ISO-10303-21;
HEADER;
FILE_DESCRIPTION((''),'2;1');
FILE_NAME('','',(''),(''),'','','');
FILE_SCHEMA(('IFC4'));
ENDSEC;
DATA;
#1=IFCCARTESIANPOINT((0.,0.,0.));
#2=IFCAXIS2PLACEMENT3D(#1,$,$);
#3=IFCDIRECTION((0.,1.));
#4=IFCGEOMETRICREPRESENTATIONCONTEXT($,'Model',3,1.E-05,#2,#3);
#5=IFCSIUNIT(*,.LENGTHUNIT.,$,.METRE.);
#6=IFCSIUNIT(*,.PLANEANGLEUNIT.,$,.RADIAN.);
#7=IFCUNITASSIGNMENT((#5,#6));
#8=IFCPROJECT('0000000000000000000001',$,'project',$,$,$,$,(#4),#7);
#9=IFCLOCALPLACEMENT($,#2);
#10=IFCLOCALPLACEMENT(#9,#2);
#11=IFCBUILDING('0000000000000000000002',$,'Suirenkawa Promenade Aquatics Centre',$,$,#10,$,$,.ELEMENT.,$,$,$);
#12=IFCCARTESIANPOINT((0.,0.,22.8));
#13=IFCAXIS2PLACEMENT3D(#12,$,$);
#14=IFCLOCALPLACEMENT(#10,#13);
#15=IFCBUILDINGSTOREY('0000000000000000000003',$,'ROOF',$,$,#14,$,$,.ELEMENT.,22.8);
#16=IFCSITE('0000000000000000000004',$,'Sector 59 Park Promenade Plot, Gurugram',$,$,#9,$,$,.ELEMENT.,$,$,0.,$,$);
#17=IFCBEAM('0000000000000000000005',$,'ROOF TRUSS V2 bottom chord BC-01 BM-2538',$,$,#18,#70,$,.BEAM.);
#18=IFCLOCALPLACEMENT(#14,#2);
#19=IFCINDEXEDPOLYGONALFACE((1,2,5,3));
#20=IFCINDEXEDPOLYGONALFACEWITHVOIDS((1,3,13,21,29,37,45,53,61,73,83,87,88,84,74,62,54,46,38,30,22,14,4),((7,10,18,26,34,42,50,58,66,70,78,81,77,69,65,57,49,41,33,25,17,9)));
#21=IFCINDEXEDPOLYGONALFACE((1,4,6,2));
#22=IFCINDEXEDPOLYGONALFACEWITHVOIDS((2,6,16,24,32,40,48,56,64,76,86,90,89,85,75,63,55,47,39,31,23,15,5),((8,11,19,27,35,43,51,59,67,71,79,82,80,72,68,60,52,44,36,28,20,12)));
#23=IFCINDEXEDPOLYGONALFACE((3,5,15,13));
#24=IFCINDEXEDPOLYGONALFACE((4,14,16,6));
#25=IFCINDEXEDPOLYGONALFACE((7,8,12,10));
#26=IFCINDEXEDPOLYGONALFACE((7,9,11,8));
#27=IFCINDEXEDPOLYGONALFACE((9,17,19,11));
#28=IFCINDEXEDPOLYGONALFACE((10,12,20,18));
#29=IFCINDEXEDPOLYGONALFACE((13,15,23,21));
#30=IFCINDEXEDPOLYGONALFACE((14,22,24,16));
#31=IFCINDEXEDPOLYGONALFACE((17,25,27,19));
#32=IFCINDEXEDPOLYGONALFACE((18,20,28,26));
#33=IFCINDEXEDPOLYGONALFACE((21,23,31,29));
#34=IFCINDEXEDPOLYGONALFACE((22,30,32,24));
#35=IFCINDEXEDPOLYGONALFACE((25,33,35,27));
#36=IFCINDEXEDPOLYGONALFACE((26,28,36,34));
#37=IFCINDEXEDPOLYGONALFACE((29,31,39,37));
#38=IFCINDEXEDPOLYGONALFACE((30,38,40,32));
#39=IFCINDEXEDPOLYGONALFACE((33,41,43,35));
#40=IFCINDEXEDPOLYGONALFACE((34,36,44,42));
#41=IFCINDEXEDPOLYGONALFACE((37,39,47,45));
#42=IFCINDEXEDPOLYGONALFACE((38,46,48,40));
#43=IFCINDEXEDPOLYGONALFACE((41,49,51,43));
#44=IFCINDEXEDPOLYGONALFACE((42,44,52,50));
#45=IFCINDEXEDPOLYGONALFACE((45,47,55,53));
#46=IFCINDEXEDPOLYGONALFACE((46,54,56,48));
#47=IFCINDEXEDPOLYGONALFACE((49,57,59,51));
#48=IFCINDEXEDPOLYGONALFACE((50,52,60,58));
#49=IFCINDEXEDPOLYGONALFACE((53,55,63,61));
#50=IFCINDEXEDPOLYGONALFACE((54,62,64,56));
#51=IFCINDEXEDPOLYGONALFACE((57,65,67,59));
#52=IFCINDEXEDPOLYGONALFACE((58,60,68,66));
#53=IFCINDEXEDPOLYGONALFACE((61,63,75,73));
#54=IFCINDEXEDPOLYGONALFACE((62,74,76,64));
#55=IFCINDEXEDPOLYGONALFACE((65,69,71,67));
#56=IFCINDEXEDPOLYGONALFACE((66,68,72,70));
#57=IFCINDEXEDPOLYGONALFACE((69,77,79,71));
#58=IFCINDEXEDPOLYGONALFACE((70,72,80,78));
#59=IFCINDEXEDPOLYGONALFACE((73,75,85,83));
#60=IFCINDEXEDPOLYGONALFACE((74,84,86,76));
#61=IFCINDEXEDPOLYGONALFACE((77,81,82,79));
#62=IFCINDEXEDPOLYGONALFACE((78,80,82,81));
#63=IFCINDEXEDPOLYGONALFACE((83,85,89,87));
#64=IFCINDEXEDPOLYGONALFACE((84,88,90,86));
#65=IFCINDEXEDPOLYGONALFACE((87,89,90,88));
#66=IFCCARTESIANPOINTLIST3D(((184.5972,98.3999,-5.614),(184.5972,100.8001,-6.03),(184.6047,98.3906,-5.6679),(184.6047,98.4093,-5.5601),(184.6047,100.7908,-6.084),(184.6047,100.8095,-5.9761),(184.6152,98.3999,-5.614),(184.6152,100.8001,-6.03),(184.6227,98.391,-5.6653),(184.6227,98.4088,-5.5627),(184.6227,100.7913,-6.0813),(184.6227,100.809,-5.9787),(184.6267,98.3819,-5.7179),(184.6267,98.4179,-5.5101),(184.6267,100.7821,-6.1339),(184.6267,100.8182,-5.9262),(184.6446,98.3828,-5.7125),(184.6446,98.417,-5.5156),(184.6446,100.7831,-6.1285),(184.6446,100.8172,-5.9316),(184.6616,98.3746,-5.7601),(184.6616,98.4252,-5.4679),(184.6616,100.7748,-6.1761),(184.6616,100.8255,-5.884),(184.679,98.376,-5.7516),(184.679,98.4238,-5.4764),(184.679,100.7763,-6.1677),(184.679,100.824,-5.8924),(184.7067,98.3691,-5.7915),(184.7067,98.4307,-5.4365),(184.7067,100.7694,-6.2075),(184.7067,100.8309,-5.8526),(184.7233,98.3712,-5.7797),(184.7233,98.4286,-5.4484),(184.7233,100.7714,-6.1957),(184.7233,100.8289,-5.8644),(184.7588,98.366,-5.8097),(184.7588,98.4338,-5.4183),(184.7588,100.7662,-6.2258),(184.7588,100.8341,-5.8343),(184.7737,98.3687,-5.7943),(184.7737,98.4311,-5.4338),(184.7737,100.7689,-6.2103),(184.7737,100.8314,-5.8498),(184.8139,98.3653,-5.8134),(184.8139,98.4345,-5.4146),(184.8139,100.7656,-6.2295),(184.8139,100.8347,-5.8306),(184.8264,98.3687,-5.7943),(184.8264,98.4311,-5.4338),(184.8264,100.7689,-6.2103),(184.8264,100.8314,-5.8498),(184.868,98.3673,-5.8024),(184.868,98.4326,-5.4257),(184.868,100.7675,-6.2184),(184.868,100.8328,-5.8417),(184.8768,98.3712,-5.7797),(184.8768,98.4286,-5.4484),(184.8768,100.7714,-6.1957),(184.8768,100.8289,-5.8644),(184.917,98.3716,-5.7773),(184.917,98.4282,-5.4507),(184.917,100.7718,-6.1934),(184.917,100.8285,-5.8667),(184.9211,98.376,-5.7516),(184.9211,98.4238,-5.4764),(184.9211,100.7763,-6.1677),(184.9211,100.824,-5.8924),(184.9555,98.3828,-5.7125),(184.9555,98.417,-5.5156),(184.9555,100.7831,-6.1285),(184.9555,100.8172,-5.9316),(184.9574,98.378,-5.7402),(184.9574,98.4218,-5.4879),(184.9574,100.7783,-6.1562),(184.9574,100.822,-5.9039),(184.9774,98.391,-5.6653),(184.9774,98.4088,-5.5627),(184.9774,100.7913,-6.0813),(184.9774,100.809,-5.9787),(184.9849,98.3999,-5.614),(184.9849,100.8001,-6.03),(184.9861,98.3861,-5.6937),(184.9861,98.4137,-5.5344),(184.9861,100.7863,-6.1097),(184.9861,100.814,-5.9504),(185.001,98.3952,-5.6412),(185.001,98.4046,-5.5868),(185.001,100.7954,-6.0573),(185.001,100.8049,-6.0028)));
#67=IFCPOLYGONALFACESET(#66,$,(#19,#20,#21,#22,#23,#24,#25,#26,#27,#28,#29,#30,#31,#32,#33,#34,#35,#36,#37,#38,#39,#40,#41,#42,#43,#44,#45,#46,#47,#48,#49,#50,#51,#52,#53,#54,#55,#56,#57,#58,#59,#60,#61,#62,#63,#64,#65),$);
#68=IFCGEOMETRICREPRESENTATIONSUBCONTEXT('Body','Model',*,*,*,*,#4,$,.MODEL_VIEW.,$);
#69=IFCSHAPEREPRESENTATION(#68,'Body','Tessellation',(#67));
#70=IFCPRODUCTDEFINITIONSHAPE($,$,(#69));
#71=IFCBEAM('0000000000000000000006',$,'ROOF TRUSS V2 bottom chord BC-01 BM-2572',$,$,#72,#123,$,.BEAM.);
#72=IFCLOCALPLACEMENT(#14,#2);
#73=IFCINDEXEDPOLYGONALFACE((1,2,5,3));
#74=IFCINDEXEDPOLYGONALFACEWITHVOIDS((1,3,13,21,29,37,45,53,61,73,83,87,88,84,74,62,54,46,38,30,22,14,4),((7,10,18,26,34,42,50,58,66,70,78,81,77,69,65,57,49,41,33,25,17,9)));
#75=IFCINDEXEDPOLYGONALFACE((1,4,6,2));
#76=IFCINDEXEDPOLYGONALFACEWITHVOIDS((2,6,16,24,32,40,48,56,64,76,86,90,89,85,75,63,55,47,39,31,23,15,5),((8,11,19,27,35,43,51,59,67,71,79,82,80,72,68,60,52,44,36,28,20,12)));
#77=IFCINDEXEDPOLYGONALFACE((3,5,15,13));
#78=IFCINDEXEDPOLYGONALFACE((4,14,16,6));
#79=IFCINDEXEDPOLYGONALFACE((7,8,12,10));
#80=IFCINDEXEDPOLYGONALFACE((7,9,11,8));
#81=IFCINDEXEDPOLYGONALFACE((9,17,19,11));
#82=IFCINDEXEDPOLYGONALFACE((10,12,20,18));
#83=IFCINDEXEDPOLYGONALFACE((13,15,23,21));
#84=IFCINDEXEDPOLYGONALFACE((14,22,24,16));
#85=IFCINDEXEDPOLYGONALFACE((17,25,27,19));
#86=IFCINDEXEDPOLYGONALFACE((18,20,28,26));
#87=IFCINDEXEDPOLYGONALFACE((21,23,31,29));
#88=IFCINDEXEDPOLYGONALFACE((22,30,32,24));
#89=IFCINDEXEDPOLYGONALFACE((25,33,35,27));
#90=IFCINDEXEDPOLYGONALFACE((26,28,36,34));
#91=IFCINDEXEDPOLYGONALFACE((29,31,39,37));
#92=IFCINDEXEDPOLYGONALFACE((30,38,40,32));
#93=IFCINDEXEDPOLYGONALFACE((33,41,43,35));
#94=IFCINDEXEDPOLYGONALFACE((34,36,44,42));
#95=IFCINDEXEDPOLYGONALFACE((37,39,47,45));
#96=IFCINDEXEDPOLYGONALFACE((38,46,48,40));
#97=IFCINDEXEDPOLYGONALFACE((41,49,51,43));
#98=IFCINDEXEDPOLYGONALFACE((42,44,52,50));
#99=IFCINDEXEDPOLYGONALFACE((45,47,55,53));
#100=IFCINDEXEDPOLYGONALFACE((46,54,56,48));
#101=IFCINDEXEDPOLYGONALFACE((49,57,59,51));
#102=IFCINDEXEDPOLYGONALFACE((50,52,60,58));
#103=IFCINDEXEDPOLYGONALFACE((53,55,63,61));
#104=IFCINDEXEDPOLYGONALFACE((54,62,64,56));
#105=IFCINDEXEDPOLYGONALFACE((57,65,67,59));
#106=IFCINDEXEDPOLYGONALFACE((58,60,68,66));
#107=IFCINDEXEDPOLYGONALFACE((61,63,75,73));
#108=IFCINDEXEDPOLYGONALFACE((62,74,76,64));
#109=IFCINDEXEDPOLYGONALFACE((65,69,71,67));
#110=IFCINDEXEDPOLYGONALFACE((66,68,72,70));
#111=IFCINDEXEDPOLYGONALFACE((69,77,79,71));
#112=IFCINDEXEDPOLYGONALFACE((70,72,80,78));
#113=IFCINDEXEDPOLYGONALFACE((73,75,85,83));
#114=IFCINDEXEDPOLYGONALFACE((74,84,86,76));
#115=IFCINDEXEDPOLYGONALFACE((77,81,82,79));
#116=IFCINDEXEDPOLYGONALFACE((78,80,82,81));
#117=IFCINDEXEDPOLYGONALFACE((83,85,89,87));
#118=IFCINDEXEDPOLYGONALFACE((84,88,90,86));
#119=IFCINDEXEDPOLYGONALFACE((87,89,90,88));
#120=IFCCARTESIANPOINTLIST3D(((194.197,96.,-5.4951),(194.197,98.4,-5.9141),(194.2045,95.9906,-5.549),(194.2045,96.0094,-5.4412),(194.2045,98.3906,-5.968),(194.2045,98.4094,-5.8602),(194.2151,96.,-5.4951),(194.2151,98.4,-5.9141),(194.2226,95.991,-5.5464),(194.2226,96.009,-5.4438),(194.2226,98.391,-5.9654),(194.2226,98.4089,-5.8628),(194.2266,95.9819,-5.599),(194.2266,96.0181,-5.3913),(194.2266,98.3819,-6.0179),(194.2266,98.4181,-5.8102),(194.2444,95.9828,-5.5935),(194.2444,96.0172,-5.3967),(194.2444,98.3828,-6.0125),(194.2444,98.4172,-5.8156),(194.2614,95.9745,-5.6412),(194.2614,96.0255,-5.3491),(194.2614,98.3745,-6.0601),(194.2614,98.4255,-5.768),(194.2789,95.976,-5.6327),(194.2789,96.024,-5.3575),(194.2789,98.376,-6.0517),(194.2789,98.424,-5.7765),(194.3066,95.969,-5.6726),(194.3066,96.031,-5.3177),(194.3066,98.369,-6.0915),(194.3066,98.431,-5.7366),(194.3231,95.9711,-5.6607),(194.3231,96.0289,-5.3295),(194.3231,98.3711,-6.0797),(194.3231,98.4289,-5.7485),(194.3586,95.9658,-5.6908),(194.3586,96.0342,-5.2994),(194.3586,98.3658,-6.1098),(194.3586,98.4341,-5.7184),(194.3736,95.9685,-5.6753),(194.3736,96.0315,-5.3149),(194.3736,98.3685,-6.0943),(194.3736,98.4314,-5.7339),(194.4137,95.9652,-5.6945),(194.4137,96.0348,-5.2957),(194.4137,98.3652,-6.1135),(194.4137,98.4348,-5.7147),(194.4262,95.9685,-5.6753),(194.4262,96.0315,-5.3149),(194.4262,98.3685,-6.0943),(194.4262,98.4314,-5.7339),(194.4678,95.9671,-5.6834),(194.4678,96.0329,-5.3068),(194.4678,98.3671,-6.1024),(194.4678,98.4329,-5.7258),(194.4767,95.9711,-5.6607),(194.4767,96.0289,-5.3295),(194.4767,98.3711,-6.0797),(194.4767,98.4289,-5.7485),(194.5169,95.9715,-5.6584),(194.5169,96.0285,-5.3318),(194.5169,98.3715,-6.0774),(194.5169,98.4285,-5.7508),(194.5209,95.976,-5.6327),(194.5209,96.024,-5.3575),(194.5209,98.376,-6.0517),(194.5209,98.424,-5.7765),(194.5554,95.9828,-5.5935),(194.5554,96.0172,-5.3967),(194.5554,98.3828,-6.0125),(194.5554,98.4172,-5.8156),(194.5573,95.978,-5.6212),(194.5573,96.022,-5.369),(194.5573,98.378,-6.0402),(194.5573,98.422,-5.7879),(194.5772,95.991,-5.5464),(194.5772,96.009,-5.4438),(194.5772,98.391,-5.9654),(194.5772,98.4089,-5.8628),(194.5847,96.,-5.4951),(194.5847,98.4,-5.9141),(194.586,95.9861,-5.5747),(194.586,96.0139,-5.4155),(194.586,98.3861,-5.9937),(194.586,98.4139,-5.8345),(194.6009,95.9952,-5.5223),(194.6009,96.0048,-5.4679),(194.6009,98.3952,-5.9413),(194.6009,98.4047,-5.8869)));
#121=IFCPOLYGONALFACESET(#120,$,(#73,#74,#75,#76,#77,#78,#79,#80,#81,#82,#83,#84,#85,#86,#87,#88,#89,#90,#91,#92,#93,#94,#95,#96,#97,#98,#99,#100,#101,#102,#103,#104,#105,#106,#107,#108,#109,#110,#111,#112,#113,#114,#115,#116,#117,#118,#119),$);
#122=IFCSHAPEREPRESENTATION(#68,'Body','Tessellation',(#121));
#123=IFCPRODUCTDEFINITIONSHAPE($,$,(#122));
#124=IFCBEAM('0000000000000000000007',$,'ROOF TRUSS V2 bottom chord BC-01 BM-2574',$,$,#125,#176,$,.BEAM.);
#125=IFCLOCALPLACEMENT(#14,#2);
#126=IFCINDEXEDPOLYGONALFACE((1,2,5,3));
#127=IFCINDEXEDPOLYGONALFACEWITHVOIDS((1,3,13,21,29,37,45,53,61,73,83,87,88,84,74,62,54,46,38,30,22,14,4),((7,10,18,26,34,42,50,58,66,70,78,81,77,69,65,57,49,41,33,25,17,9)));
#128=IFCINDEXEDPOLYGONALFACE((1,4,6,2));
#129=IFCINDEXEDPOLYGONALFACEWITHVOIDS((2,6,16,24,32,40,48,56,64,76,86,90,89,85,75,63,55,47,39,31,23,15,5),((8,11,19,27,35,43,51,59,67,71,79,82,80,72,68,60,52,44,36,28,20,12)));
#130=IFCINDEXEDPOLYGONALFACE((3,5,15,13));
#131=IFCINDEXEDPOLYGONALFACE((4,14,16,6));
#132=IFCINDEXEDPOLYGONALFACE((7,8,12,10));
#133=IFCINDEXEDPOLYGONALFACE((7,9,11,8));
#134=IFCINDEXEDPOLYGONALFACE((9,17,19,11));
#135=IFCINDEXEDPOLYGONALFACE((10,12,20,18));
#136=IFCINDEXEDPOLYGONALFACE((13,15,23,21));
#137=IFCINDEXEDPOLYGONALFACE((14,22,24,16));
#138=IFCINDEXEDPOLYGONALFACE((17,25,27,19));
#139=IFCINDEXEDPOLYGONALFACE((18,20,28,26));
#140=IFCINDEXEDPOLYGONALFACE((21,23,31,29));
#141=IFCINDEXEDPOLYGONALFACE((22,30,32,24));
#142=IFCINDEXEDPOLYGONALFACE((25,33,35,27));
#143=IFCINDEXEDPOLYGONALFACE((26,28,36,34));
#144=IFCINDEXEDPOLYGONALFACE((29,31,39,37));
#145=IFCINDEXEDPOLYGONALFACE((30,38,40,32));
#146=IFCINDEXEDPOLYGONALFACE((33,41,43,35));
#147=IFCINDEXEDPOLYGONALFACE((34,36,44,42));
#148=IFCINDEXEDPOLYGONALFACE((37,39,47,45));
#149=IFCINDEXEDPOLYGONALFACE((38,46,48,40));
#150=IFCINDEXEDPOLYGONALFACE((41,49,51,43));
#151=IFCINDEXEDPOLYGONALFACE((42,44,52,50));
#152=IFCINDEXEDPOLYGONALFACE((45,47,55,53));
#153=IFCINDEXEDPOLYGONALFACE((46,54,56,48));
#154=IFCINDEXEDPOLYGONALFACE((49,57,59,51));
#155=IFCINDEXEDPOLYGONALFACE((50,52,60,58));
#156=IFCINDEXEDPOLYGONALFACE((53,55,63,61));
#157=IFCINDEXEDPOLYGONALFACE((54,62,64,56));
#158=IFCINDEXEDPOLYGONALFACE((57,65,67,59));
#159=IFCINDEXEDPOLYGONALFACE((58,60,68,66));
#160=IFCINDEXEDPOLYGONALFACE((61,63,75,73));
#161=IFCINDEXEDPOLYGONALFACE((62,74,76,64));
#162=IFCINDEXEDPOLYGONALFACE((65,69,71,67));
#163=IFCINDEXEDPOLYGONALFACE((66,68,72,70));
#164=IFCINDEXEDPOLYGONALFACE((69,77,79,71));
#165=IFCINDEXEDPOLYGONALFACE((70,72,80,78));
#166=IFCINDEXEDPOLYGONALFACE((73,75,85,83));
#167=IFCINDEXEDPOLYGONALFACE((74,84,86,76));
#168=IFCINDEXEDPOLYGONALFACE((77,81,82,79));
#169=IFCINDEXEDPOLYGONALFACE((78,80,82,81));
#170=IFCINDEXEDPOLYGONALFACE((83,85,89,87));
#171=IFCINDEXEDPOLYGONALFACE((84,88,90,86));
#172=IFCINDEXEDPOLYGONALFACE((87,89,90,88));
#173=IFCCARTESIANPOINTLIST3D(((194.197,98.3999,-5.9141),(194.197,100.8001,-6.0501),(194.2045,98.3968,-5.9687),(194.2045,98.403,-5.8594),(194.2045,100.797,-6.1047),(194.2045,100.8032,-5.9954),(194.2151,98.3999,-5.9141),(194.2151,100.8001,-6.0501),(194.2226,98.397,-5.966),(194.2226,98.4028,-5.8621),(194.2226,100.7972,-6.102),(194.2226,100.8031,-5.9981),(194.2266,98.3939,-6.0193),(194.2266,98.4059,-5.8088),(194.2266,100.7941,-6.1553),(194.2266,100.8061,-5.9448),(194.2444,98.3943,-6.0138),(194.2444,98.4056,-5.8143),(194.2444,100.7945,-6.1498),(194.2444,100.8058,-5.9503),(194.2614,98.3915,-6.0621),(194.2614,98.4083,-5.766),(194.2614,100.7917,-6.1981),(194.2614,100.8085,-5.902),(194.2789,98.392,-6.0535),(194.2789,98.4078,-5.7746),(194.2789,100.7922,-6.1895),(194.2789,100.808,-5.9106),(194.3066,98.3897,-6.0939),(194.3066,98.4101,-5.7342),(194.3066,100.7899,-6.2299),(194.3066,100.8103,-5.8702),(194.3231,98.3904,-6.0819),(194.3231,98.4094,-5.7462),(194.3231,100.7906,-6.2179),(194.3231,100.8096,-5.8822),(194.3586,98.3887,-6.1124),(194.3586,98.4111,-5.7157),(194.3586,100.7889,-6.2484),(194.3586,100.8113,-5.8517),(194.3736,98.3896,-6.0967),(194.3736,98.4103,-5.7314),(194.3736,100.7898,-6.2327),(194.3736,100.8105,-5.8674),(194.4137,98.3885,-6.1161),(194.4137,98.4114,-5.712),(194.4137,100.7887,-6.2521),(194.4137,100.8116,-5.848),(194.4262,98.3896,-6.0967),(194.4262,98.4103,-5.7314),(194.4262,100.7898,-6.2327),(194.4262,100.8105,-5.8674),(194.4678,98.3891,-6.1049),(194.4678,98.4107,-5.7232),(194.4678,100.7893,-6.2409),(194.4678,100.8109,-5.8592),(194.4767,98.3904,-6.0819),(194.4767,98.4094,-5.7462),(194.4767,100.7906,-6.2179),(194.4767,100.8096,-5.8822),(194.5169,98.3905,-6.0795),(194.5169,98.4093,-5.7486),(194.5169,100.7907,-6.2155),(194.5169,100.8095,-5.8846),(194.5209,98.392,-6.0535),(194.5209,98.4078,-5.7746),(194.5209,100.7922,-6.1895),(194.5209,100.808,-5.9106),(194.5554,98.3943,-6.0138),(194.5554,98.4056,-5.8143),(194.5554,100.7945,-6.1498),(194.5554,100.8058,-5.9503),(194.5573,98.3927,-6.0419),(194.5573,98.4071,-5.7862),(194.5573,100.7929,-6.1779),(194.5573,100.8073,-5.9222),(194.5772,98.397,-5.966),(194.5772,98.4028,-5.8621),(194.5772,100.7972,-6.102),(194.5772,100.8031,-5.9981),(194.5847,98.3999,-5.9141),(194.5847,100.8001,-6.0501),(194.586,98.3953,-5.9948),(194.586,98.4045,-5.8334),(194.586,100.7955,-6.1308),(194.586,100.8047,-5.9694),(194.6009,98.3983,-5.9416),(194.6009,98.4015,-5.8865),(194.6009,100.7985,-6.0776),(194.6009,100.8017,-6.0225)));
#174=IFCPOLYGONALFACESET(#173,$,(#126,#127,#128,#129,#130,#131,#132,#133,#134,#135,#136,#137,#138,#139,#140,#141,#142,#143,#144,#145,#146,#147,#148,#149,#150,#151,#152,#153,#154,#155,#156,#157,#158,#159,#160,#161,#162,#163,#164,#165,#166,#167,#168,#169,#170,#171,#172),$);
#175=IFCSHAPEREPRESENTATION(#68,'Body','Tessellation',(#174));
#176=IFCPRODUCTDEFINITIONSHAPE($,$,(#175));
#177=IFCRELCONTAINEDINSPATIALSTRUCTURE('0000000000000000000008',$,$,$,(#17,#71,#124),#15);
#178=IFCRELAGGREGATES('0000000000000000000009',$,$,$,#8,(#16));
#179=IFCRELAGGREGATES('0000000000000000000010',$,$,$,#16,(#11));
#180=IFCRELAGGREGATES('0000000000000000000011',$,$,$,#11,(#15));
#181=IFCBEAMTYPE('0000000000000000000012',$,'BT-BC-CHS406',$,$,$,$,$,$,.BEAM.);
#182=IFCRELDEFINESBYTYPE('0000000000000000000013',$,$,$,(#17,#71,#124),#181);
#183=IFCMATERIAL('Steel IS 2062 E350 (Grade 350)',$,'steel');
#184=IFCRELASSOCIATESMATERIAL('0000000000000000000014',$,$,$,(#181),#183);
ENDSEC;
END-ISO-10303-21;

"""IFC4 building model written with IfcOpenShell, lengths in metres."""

from ifc_helpers import new_model, si_unit, direction, frame, origin, origin_2d, place, context, subcontext, project, spatial, hollow_circle, extrude, material, material_profile, profile_set, type_object, element, save


model = new_model("IFC4")

# Units and contexts
model_context = context("Model", 3, precision=1e-05, world=origin(), true_north=direction((0.0, 1.0)))
body_context = subcontext(model_context, "Body", "Model", "MODEL_VIEW")
ifc_project = project(units=[si_unit("LENGTHUNIT", "METRE"), si_unit("PLANEANGLEUNIT", "RADIAN")], contexts=[model_context])

# Site, building, storey
site_placement = place(None, origin())
site = spatial("IfcSite", under=ifc_project, at=site_placement, Name="Sector 59 Park Promenade Plot, Gurugram", CompositionType="ELEMENT", RefElevation=0.0)
building_placement = place(site_placement, origin())
building = spatial("IfcBuilding", under=site, at=building_placement, Name="Suirenkawa Promenade Aquatics Centre", CompositionType="ELEMENT")
storey_placement = place(building_placement, frame((0.0, 0.0, 22.8)))
storey = spatial("IfcBuildingStorey", under=building, at=storey_placement, Name="ROOF", CompositionType="ELEMENT", Elevation=22.8)

# Beams
ifc_material = material(Name="Steel IS 2062 E350 (Grade 350)", Category="steel")
ifc_material_profile_1 = material_profile(ifc_material, hollow_circle(Radius=0.2029, WallThickness=0.0181, at=origin_2d()), Name="CHS 406x18", Category="steel")
ifc_profile_set_1 = profile_set([ifc_material_profile_1], Name="Steel IS 2062 E350 (Grade 350)")
beam_type_1 = type_object("IfcBeamType", Name="BT-BC-CHS406", PredefinedType="BEAM", material=ifc_profile_set_1)
beam_1_placement = place(storey_placement, frame((184.8, 98.3999, -5.614), z_axis=(0.0, 0.985309, -0.170783), x_axis=(-1.0, 0.0, 0.0)))
element("IfcBeam", 1, at=beam_1_placement, inside=storey, type_object=beam_type_1, Name="ROOF TRUSS V2 bottom chord BC-01 BM-2538", PredefinedType="BEAM", context=body_context, shape_type="SweptSolid", body=[
    extrude(hollow_circle(Radius=0.2029, WallThickness=0.0181, at=origin_2d()), origin(), (0.0, 0.0, 1.0), 2.436),
])
beam_2_placement = place(storey_placement, frame((194.3999, 96.0, -5.4951), z_axis=(0.0, 0.985103, -0.171967), x_axis=(-1.0, 0.0, 0.0)))
element("IfcBeam", 2, at=beam_2_placement, inside=storey, type_object=beam_type_1, Name="ROOF TRUSS V2 bottom chord BC-01 BM-2572", PredefinedType="BEAM", context=body_context, shape_type="SweptSolid", body=[
    extrude(hollow_circle(Radius=0.2029, WallThickness=0.0181, at=origin_2d()), origin(), (0.0, 0.0, 1.0), 2.4363),
])
beam_3_placement = place(storey_placement, frame((194.3999, 98.3999, -5.9141), z_axis=(0.0, 0.998399, -0.056567), x_axis=(-1.0, 0.0, 0.0)))
element("IfcBeam", 3, at=beam_3_placement, inside=storey, type_object=beam_type_1, Name="ROOF TRUSS V2 bottom chord BC-01 BM-2574", PredefinedType="BEAM", context=body_context, shape_type="SweptSolid", body=[
    extrude(hollow_circle(Radius=0.2029, WallThickness=0.0181, at=origin_2d()), origin(), (0.0, 0.0, 1.0), 2.4041),
])

save(model, "model.ifc")
